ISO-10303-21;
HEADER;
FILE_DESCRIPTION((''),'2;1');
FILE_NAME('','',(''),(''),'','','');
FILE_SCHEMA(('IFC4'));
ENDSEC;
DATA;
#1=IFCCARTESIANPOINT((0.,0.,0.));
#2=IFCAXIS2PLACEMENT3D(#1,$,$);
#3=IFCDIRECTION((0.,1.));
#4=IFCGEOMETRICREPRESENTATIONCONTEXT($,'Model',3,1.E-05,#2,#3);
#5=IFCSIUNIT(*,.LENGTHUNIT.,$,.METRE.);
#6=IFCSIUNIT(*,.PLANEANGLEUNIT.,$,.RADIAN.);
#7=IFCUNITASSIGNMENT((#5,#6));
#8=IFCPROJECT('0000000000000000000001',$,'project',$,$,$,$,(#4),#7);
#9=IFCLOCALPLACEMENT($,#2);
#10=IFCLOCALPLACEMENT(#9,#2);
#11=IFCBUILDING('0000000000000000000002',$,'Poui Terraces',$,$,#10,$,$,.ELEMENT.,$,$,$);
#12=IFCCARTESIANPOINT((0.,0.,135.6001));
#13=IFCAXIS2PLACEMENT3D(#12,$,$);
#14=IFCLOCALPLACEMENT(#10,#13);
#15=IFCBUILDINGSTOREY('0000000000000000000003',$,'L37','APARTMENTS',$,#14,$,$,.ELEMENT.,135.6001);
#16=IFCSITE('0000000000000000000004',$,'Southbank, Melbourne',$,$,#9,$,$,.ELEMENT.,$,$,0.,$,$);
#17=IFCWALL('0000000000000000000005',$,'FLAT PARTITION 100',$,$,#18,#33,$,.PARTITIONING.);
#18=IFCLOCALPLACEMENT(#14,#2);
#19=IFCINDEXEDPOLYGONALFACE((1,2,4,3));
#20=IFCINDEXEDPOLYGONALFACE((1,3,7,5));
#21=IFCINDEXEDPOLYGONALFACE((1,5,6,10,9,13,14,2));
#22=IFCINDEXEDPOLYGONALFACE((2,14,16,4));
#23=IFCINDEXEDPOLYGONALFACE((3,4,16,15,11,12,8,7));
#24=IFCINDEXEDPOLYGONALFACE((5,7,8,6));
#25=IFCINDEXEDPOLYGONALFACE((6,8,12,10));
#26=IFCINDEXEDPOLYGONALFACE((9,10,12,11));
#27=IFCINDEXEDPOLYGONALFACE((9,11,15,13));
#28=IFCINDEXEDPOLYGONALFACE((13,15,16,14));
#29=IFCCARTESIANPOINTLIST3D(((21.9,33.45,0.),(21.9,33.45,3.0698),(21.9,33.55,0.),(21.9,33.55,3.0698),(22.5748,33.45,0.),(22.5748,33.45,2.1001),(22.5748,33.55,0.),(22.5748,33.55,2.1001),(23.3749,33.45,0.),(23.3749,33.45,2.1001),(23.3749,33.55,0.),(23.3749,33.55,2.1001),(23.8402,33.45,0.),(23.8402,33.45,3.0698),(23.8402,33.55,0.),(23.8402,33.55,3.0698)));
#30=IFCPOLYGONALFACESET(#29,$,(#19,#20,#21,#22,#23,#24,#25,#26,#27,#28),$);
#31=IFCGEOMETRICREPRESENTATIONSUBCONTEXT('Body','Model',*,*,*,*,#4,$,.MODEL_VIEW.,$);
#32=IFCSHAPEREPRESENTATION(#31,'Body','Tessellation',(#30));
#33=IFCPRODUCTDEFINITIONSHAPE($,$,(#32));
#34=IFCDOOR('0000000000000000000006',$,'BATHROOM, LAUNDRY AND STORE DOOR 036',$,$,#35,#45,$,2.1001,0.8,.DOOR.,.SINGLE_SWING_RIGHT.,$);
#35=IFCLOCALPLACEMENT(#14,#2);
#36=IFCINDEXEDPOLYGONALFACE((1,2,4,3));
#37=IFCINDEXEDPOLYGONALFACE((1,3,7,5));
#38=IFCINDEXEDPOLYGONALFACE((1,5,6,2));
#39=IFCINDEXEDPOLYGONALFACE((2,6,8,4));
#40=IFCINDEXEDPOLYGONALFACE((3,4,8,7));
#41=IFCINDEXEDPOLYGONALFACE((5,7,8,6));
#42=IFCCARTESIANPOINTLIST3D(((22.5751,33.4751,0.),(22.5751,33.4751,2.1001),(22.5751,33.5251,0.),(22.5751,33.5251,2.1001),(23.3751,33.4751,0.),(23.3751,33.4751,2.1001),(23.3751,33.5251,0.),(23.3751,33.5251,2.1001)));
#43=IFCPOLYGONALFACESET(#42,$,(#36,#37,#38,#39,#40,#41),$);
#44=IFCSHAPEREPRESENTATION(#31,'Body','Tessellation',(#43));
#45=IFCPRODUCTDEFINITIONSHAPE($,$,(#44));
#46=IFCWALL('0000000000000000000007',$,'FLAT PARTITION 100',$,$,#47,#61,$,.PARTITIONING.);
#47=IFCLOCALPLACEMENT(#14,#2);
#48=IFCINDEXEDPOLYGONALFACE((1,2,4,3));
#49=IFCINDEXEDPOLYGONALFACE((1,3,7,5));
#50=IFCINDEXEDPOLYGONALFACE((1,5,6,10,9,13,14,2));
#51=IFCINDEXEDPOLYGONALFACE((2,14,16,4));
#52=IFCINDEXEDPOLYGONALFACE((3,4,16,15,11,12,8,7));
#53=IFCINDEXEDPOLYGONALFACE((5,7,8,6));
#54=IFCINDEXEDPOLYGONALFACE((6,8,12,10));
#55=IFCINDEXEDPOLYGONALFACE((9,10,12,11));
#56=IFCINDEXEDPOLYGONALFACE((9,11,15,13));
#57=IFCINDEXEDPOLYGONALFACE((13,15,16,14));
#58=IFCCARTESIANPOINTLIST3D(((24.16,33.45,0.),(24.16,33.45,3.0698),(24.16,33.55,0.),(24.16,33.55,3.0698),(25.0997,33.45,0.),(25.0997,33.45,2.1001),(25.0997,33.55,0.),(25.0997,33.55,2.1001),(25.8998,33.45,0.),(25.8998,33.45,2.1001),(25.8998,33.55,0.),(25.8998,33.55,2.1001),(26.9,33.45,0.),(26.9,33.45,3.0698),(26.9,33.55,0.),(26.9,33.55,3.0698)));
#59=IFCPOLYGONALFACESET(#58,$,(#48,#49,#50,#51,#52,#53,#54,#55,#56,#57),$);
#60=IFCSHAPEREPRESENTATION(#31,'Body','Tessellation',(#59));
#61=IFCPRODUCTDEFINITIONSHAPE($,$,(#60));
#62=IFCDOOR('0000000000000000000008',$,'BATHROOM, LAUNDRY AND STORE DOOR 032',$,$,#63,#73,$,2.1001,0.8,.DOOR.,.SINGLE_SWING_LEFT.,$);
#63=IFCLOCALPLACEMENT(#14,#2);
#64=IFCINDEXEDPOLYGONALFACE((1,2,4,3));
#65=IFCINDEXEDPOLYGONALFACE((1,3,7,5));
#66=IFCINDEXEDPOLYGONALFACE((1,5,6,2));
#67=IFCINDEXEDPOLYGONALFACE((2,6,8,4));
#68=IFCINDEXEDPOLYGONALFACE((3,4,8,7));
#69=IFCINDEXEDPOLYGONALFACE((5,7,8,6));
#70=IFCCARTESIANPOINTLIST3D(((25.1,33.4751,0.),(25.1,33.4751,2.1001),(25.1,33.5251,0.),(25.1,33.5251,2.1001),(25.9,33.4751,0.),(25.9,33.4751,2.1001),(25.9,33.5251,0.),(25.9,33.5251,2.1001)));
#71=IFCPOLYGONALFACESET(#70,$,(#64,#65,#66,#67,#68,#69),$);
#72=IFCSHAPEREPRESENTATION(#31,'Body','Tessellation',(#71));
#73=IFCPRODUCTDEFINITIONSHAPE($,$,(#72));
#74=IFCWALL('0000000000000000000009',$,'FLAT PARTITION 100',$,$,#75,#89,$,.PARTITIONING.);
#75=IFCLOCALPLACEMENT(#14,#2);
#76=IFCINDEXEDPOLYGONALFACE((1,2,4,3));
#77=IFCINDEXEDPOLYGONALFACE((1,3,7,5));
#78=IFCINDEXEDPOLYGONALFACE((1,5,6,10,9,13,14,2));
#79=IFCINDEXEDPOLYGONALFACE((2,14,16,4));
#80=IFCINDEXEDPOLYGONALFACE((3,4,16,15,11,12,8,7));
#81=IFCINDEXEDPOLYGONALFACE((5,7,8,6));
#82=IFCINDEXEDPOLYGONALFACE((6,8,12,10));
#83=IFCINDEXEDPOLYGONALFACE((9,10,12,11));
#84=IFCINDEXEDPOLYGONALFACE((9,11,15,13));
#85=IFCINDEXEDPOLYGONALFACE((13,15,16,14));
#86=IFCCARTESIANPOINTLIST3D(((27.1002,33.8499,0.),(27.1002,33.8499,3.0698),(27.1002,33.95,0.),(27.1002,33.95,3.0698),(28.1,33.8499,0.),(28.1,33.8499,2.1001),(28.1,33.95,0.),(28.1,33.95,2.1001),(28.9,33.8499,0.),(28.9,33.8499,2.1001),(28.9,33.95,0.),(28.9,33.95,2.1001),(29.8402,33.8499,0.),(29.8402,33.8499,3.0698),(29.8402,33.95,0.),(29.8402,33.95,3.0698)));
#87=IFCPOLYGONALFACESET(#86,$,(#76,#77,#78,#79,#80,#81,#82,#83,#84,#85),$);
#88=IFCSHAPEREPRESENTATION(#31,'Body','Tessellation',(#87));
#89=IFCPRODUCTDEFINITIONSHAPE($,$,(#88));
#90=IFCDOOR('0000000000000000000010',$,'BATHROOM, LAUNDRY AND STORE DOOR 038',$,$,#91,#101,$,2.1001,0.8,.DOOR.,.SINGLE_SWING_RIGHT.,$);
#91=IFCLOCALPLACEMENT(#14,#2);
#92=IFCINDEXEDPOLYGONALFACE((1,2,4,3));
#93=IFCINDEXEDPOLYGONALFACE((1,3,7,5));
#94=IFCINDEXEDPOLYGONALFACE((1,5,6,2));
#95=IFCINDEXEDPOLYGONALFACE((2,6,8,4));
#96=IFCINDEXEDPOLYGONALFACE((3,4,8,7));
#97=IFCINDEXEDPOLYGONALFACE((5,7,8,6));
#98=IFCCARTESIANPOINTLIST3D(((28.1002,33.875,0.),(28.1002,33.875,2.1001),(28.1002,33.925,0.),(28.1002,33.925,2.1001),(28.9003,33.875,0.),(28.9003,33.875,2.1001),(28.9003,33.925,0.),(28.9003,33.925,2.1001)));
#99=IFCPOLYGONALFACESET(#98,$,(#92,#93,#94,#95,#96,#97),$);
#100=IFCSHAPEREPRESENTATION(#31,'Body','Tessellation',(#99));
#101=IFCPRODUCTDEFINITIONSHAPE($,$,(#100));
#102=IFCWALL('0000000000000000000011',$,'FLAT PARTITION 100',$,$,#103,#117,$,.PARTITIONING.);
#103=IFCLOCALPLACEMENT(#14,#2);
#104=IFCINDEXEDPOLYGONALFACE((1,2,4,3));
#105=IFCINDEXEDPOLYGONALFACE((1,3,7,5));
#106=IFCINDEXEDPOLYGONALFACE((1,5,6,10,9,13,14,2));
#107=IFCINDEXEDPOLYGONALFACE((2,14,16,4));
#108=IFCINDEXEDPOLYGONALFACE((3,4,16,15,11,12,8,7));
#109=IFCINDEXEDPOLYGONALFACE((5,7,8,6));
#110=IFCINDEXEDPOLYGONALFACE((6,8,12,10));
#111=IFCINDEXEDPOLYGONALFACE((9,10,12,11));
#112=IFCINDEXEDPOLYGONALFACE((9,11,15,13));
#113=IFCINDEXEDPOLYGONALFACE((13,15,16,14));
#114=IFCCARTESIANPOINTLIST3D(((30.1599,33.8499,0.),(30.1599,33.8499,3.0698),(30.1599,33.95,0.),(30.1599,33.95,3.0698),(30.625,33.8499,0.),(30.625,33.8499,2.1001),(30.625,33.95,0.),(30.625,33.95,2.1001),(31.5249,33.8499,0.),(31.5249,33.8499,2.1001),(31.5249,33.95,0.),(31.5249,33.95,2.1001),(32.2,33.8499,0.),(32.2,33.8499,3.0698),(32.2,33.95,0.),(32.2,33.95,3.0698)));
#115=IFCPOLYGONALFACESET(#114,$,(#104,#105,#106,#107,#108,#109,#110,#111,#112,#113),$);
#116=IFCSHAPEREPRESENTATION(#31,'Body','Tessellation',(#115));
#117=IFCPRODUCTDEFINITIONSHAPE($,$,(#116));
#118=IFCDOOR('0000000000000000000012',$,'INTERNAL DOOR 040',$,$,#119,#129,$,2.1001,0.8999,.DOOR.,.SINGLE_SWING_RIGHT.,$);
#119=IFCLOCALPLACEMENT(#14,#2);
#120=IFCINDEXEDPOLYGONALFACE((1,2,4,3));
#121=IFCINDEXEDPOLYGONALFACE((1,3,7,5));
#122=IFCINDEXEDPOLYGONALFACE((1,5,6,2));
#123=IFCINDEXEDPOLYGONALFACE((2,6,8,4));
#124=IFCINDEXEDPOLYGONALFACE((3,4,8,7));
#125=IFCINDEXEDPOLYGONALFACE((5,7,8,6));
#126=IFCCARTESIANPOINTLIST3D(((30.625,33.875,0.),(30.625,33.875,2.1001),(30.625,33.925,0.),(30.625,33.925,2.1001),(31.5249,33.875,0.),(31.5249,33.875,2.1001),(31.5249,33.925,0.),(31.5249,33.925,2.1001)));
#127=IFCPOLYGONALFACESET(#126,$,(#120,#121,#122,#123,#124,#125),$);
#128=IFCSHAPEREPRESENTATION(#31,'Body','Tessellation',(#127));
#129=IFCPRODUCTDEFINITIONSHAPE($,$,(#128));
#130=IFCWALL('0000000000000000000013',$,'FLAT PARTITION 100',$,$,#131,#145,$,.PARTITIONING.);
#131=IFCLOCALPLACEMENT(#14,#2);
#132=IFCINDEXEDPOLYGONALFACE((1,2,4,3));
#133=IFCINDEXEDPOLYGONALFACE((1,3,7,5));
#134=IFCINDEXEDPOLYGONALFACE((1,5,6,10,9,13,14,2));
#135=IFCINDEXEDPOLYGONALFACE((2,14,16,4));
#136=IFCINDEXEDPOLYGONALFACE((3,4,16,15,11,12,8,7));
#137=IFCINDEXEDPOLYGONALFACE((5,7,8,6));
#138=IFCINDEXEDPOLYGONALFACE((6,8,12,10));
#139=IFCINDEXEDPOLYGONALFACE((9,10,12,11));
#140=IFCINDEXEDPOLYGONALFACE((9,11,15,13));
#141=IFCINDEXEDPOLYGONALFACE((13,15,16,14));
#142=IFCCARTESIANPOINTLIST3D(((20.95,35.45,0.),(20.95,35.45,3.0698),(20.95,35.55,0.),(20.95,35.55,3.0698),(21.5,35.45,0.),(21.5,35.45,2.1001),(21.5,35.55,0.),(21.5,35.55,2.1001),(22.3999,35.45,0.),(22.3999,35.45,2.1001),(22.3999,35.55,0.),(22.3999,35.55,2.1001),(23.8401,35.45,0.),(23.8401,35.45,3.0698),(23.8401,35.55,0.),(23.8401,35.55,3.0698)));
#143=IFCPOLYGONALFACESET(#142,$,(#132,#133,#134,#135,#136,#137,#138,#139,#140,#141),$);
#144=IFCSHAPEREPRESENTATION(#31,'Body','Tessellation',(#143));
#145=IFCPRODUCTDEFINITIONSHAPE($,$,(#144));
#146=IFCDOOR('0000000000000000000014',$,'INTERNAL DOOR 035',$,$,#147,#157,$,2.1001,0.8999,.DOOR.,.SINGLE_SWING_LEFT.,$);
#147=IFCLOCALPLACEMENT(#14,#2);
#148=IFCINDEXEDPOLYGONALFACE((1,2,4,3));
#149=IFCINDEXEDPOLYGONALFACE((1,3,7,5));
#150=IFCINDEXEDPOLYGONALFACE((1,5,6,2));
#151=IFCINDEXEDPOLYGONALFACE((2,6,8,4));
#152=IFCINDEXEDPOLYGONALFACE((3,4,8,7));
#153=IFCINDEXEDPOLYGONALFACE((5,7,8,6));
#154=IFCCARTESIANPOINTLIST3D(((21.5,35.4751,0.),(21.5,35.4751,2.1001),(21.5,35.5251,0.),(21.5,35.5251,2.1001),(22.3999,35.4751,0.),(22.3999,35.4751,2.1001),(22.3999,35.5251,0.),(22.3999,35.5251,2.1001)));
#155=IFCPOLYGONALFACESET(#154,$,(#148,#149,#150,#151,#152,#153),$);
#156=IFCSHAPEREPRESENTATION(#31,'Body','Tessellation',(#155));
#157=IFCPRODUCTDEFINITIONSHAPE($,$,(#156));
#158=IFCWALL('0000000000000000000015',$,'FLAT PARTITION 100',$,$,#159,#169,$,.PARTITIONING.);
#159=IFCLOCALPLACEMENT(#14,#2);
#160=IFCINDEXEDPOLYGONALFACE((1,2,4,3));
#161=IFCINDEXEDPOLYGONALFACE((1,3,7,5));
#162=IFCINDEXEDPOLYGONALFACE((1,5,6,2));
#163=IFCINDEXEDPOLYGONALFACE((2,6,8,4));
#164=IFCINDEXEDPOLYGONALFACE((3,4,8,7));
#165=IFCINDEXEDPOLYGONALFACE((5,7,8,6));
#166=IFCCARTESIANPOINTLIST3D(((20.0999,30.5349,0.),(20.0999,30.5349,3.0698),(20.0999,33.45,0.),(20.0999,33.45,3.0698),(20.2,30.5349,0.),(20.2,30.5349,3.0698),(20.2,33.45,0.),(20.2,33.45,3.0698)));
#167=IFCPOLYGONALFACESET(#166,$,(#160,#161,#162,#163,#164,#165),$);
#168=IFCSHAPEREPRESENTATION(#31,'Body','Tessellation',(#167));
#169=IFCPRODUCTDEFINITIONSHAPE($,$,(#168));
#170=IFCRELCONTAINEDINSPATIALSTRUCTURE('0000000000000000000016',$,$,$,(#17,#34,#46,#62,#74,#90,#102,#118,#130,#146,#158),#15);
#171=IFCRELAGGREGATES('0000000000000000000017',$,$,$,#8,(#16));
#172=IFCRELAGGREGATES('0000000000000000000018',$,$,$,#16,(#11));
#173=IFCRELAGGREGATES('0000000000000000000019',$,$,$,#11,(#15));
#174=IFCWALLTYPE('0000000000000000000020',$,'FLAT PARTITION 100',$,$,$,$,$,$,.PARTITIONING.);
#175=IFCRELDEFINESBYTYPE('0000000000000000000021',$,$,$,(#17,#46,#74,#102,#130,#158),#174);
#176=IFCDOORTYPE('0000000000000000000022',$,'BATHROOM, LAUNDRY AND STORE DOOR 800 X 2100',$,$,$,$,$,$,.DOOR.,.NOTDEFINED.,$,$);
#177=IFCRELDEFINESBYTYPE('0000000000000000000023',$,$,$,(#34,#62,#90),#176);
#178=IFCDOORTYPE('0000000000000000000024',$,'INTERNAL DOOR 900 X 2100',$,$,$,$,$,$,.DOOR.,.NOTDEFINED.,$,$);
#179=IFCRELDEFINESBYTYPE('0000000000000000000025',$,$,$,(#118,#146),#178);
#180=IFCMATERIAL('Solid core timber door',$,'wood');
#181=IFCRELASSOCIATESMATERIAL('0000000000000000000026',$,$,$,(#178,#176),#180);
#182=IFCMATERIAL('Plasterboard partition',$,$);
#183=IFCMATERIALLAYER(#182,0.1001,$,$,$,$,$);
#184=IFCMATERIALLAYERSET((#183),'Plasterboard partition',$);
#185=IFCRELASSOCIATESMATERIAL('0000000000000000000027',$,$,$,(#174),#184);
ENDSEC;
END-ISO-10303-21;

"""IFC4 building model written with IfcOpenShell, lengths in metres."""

from ifc_helpers import new_model, si_unit, direction, frame, frame_2d, origin, place, context, subcontext, project, spatial, rectangle, extrude, material, layer, layer_set, type_object, element, fill, save


model = new_model("IFC4")

# Units and contexts
model_context = context("Model", 3, precision=1e-05, world=origin(), true_north=direction((0.0, 1.0)))
body_context = subcontext(model_context, "Body", "Model", "MODEL_VIEW")
ifc_project = project(units=[si_unit("LENGTHUNIT", "METRE"), si_unit("PLANEANGLEUNIT", "RADIAN")], contexts=[model_context])

# Site, building, storey
site_placement = place(None, origin())
site = spatial("IfcSite", under=ifc_project, at=site_placement, Name="Southbank, Melbourne", CompositionType="ELEMENT", RefElevation=0.0)
building_placement = place(site_placement, origin())
building = spatial("IfcBuilding", under=site, at=building_placement, Name="Poui Terraces", CompositionType="ELEMENT")
storey_placement = place(building_placement, frame((0.0, 0.0, 135.6001)))
storey = spatial("IfcBuildingStorey", under=building, at=storey_placement, Name="L37", Description="APARTMENTS", CompositionType="ELEMENT", Elevation=135.6001)

# Walls, openings, doors
ifc_material_1 = material(Name="Solid core timber door", Category="wood")
door_type_1 = type_object("IfcDoorType", Name="INTERNAL DOOR 900 X 2100", OperationType="NOTDEFINED", PredefinedType="DOOR", material=ifc_material_1)
ifc_material_2 = material(Name="Plasterboard partition")
ifc_layer_1 = layer(ifc_material_2, 0.1001)
ifc_layer_set_1 = layer_set([ifc_layer_1], Name="Plasterboard partition")
wall_type_1 = type_object("IfcWallType", Name="FLAT PARTITION 100", PredefinedType="PARTITIONING", material=ifc_layer_set_1)
wall_1_placement = place(storey_placement, frame((21.8999, 33.5, 0.0), z_axis=(0.0, 0.0, 1.0), x_axis=(1.0, 0.0, 0.0)))
wall_1 = element("IfcWall", 1, at=wall_1_placement, inside=storey, type_object=wall_type_1, Name="FLAT PARTITION 100", PredefinedType="PARTITIONING", context=body_context, shape_type="SweptSolid", body=[
    extrude(rectangle(XDim=1.9402, YDim=0.1001, at=frame_2d((0.9702, 0.0))), origin(), (0.0, 0.0, 1.0), 3.0698),
])
opening_1_placement = place(wall_1_placement, frame((0.675, 0.0, 0.0)))
opening_1 = element("IfcOpeningElement", 2, at=opening_1_placement, cuts=wall_1, PredefinedType="OPENING", context=body_context, shape_type="SweptSolid", body=[
    extrude(rectangle(XDim=0.8, YDim=2.1001, at=frame_2d((0.3999, 1.05))), frame((0.0, 0.0601, 0.0), z_axis=(0.0, -1.0, 0.0), x_axis=(1.0, 0.0, 0.0)), (0.0, 0.0, 1.0), 0.1201),
])
door_type_2 = type_object("IfcDoorType", Name="BATHROOM, LAUNDRY AND STORE DOOR 800 X 2100", OperationType="NOTDEFINED", PredefinedType="DOOR", material=ifc_material_1)
door_1_placement = place(opening_1_placement, frame((0.8, 0.0, 0.0), z_axis=(0.0, 0.0, 1.0), x_axis=(-1.0, 0.0, 0.0)))
door_1 = element("IfcDoor", 3, at=door_1_placement, inside=storey, type_object=door_type_2, Name="BATHROOM, LAUNDRY AND STORE DOOR 036", OperationType="SINGLE_SWING_RIGHT", OverallHeight=2.1001, OverallWidth=0.8, PredefinedType="DOOR", context=body_context, shape_type="SweptSolid", body=[
    extrude(rectangle(XDim=0.8, YDim=2.1001, at=frame_2d((0.3999, 1.05))), frame((0.0, 0.0249, 0.0), z_axis=(0.0, -1.0, 0.0), x_axis=(1.0, 0.0, 0.0)), (0.0, 0.0, 1.0), 0.05),
])
fill(opening_1, door_1)
wall_2_placement = place(storey_placement, frame((24.1599, 33.5, 0.0), z_axis=(0.0, 0.0, 1.0), x_axis=(1.0, 0.0, 0.0)))
wall_2 = element("IfcWall", 4, at=wall_2_placement, inside=storey, type_object=wall_type_1, Name="FLAT PARTITION 100", PredefinedType="PARTITIONING", context=body_context, shape_type="SweptSolid", body=[
    extrude(rectangle(XDim=2.74, YDim=0.1001, at=frame_2d((1.3701, 0.0))), origin(), (0.0, 0.0, 1.0), 3.0698),
])
opening_2_placement = place(wall_2_placement, frame((0.9399, 0.0, 0.0)))
opening_2 = element("IfcOpeningElement", 5, at=opening_2_placement, cuts=wall_2, PredefinedType="OPENING", context=body_context, shape_type="SweptSolid", body=[
    extrude(rectangle(XDim=0.8, YDim=2.1001, at=frame_2d((0.3999, 1.05))), frame((0.0, 0.0601, 0.0), z_axis=(0.0, -1.0, 0.0), x_axis=(1.0, 0.0, 0.0)), (0.0, 0.0, 1.0), 0.1201),
])
door_2_placement = place(opening_2_placement, frame((0.8, 0.0, 0.0), z_axis=(0.0, 0.0, 1.0), x_axis=(-1.0, 0.0, 0.0)))
door_2 = element("IfcDoor", 6, at=door_2_placement, inside=storey, type_object=door_type_2, Name="BATHROOM, LAUNDRY AND STORE DOOR 032", OperationType="SINGLE_SWING_LEFT", OverallHeight=2.1001, OverallWidth=0.8, PredefinedType="DOOR", context=body_context, shape_type="SweptSolid", body=[
    extrude(rectangle(XDim=0.8, YDim=2.1001, at=frame_2d((0.3999, 1.05))), frame((0.0, 0.0249, 0.0), z_axis=(0.0, -1.0, 0.0), x_axis=(1.0, 0.0, 0.0)), (0.0, 0.0, 1.0), 0.05),
])
fill(opening_2, door_2)
wall_3_placement = place(storey_placement, frame((27.1001, 33.8999, 0.0), z_axis=(0.0, 0.0, 1.0), x_axis=(1.0, 0.0, 0.0)))
wall_3 = element("IfcWall", 7, at=wall_3_placement, inside=storey, type_object=wall_type_1, Name="FLAT PARTITION 100", PredefinedType="PARTITIONING", context=body_context, shape_type="SweptSolid", body=[
    extrude(rectangle(XDim=2.74, YDim=0.1001, at=frame_2d((1.3701, 0.0))), origin(), (0.0, 0.0, 1.0), 3.0698),
])
opening_3_placement = place(wall_3_placement, frame((1.0, 0.0, 0.0)))
opening_3 = element("IfcOpeningElement", 8, at=opening_3_placement, cuts=wall_3, PredefinedType="OPENING", context=body_context, shape_type="SweptSolid", body=[
    extrude(rectangle(XDim=0.8, YDim=2.1001, at=frame_2d((0.3999, 1.05))), frame((0.0, 0.0601, 0.0), z_axis=(0.0, -1.0, 0.0), x_axis=(1.0, 0.0, 0.0)), (0.0, 0.0, 1.0), 0.1201),
])
door_3_placement = place(opening_3_placement, frame((0.8, 0.0, 0.0), z_axis=(0.0, 0.0, 1.0), x_axis=(-1.0, 0.0, 0.0)))
door_3 = element("IfcDoor", 9, at=door_3_placement, inside=storey, type_object=door_type_2, Name="BATHROOM, LAUNDRY AND STORE DOOR 038", OperationType="SINGLE_SWING_RIGHT", OverallHeight=2.1001, OverallWidth=0.8, PredefinedType="DOOR", context=body_context, shape_type="SweptSolid", body=[
    extrude(rectangle(XDim=0.8, YDim=2.1001, at=frame_2d((0.3999, 1.05))), frame((0.0, 0.0249, 0.0), z_axis=(0.0, -1.0, 0.0), x_axis=(1.0, 0.0, 0.0)), (0.0, 0.0, 1.0), 0.05),
])
fill(opening_3, door_3)
wall_4_placement = place(storey_placement, frame((30.1599, 33.8999, 0.0), z_axis=(0.0, 0.0, 1.0), x_axis=(1.0, 0.0, 0.0)))
wall_4 = element("IfcWall", 10, at=wall_4_placement, inside=storey, type_object=wall_type_1, Name="FLAT PARTITION 100", PredefinedType="PARTITIONING", context=body_context, shape_type="SweptSolid", body=[
    extrude(rectangle(XDim=2.04, YDim=0.1001, at=frame_2d((1.02, 0.0))), origin(), (0.0, 0.0, 1.0), 3.0698),
])
opening_4_placement = place(wall_4_placement, frame((0.4651, 0.0, 0.0)))
opening_4 = element("IfcOpeningElement", 11, at=opening_4_placement, cuts=wall_4, PredefinedType="OPENING", context=body_context, shape_type="SweptSolid", body=[
    extrude(rectangle(XDim=0.8999, YDim=2.1001, at=frame_2d((0.45, 1.05))), frame((0.0, 0.0601, 0.0), z_axis=(0.0, -1.0, 0.0), x_axis=(1.0, 0.0, 0.0)), (0.0, 0.0, 1.0), 0.1201),
])
door_4_placement = place(opening_4_placement, frame((0.8999, 0.0, 0.0), z_axis=(0.0, 0.0, 1.0), x_axis=(-1.0, 0.0, 0.0)))
door_4 = element("IfcDoor", 12, at=door_4_placement, inside=storey, type_object=door_type_1, Name="INTERNAL DOOR 040", OperationType="SINGLE_SWING_RIGHT", OverallHeight=2.1001, OverallWidth=0.8999, PredefinedType="DOOR", context=body_context, shape_type="SweptSolid", body=[
    extrude(rectangle(XDim=0.8999, YDim=2.1001, at=frame_2d((0.45, 1.05))), frame((0.0, 0.0249, 0.0), z_axis=(0.0, -1.0, 0.0), x_axis=(1.0, 0.0, 0.0)), (0.0, 0.0, 1.0), 0.05),
])
fill(opening_4, door_4)
wall_5_placement = place(storey_placement, frame((20.95, 35.5, 0.0), z_axis=(0.0, 0.0, 1.0), x_axis=(1.0, 0.0, 0.0)))
wall_5 = element("IfcWall", 13, at=wall_5_placement, inside=storey, type_object=wall_type_1, Name="FLAT PARTITION 100", PredefinedType="PARTITIONING", context=body_context, shape_type="SweptSolid", body=[
    extrude(rectangle(XDim=2.8901, YDim=0.1001, at=frame_2d((1.4451, 0.0))), origin(), (0.0, 0.0, 1.0), 3.0698),
])
opening_5_placement = place(wall_5_placement, frame((0.55, 0.0, 0.0)))
opening_5 = element("IfcOpeningElement", 14, at=opening_5_placement, cuts=wall_5, PredefinedType="OPENING", context=body_context, shape_type="SweptSolid", body=[
    extrude(rectangle(XDim=0.8999, YDim=2.1001, at=frame_2d((0.45, 1.05))), frame((0.0, 0.0601, 0.0), z_axis=(0.0, -1.0, 0.0), x_axis=(1.0, 0.0, 0.0)), (0.0, 0.0, 1.0), 0.1201),
])
door_5_placement = place(opening_5_placement, frame((0.8999, 0.0, 0.0), z_axis=(0.0, 0.0, 1.0), x_axis=(-1.0, 0.0, 0.0)))
door_5 = element("IfcDoor", 15, at=door_5_placement, inside=storey, type_object=door_type_1, Name="INTERNAL DOOR 035", OperationType="SINGLE_SWING_LEFT", OverallHeight=2.1001, OverallWidth=0.8999, PredefinedType="DOOR", context=body_context, shape_type="SweptSolid", body=[
    extrude(rectangle(XDim=0.8999, YDim=2.1001, at=frame_2d((0.45, 1.05))), frame((0.0, 0.0249, 0.0), z_axis=(0.0, -1.0, 0.0), x_axis=(1.0, 0.0, 0.0)), (0.0, 0.0, 1.0), 0.05),
])
fill(opening_5, door_5)

# Wall
wall_6_placement = place(storey_placement, frame((20.1499, 30.5349, 0.0), z_axis=(0.0, 0.0, 1.0), x_axis=(0.0, 1.0, 0.0)))
element("IfcWall", 16, at=wall_6_placement, inside=storey, type_object=wall_type_1, Name="FLAT PARTITION 100", PredefinedType="PARTITIONING", context=body_context, shape_type="SweptSolid", body=[
    extrude(rectangle(XDim=2.915, YDim=0.1001, at=frame_2d((1.4575, 0.0))), origin(), (0.0, 0.0, 1.0), 3.0698),
])

save(model, "model.ifc")
